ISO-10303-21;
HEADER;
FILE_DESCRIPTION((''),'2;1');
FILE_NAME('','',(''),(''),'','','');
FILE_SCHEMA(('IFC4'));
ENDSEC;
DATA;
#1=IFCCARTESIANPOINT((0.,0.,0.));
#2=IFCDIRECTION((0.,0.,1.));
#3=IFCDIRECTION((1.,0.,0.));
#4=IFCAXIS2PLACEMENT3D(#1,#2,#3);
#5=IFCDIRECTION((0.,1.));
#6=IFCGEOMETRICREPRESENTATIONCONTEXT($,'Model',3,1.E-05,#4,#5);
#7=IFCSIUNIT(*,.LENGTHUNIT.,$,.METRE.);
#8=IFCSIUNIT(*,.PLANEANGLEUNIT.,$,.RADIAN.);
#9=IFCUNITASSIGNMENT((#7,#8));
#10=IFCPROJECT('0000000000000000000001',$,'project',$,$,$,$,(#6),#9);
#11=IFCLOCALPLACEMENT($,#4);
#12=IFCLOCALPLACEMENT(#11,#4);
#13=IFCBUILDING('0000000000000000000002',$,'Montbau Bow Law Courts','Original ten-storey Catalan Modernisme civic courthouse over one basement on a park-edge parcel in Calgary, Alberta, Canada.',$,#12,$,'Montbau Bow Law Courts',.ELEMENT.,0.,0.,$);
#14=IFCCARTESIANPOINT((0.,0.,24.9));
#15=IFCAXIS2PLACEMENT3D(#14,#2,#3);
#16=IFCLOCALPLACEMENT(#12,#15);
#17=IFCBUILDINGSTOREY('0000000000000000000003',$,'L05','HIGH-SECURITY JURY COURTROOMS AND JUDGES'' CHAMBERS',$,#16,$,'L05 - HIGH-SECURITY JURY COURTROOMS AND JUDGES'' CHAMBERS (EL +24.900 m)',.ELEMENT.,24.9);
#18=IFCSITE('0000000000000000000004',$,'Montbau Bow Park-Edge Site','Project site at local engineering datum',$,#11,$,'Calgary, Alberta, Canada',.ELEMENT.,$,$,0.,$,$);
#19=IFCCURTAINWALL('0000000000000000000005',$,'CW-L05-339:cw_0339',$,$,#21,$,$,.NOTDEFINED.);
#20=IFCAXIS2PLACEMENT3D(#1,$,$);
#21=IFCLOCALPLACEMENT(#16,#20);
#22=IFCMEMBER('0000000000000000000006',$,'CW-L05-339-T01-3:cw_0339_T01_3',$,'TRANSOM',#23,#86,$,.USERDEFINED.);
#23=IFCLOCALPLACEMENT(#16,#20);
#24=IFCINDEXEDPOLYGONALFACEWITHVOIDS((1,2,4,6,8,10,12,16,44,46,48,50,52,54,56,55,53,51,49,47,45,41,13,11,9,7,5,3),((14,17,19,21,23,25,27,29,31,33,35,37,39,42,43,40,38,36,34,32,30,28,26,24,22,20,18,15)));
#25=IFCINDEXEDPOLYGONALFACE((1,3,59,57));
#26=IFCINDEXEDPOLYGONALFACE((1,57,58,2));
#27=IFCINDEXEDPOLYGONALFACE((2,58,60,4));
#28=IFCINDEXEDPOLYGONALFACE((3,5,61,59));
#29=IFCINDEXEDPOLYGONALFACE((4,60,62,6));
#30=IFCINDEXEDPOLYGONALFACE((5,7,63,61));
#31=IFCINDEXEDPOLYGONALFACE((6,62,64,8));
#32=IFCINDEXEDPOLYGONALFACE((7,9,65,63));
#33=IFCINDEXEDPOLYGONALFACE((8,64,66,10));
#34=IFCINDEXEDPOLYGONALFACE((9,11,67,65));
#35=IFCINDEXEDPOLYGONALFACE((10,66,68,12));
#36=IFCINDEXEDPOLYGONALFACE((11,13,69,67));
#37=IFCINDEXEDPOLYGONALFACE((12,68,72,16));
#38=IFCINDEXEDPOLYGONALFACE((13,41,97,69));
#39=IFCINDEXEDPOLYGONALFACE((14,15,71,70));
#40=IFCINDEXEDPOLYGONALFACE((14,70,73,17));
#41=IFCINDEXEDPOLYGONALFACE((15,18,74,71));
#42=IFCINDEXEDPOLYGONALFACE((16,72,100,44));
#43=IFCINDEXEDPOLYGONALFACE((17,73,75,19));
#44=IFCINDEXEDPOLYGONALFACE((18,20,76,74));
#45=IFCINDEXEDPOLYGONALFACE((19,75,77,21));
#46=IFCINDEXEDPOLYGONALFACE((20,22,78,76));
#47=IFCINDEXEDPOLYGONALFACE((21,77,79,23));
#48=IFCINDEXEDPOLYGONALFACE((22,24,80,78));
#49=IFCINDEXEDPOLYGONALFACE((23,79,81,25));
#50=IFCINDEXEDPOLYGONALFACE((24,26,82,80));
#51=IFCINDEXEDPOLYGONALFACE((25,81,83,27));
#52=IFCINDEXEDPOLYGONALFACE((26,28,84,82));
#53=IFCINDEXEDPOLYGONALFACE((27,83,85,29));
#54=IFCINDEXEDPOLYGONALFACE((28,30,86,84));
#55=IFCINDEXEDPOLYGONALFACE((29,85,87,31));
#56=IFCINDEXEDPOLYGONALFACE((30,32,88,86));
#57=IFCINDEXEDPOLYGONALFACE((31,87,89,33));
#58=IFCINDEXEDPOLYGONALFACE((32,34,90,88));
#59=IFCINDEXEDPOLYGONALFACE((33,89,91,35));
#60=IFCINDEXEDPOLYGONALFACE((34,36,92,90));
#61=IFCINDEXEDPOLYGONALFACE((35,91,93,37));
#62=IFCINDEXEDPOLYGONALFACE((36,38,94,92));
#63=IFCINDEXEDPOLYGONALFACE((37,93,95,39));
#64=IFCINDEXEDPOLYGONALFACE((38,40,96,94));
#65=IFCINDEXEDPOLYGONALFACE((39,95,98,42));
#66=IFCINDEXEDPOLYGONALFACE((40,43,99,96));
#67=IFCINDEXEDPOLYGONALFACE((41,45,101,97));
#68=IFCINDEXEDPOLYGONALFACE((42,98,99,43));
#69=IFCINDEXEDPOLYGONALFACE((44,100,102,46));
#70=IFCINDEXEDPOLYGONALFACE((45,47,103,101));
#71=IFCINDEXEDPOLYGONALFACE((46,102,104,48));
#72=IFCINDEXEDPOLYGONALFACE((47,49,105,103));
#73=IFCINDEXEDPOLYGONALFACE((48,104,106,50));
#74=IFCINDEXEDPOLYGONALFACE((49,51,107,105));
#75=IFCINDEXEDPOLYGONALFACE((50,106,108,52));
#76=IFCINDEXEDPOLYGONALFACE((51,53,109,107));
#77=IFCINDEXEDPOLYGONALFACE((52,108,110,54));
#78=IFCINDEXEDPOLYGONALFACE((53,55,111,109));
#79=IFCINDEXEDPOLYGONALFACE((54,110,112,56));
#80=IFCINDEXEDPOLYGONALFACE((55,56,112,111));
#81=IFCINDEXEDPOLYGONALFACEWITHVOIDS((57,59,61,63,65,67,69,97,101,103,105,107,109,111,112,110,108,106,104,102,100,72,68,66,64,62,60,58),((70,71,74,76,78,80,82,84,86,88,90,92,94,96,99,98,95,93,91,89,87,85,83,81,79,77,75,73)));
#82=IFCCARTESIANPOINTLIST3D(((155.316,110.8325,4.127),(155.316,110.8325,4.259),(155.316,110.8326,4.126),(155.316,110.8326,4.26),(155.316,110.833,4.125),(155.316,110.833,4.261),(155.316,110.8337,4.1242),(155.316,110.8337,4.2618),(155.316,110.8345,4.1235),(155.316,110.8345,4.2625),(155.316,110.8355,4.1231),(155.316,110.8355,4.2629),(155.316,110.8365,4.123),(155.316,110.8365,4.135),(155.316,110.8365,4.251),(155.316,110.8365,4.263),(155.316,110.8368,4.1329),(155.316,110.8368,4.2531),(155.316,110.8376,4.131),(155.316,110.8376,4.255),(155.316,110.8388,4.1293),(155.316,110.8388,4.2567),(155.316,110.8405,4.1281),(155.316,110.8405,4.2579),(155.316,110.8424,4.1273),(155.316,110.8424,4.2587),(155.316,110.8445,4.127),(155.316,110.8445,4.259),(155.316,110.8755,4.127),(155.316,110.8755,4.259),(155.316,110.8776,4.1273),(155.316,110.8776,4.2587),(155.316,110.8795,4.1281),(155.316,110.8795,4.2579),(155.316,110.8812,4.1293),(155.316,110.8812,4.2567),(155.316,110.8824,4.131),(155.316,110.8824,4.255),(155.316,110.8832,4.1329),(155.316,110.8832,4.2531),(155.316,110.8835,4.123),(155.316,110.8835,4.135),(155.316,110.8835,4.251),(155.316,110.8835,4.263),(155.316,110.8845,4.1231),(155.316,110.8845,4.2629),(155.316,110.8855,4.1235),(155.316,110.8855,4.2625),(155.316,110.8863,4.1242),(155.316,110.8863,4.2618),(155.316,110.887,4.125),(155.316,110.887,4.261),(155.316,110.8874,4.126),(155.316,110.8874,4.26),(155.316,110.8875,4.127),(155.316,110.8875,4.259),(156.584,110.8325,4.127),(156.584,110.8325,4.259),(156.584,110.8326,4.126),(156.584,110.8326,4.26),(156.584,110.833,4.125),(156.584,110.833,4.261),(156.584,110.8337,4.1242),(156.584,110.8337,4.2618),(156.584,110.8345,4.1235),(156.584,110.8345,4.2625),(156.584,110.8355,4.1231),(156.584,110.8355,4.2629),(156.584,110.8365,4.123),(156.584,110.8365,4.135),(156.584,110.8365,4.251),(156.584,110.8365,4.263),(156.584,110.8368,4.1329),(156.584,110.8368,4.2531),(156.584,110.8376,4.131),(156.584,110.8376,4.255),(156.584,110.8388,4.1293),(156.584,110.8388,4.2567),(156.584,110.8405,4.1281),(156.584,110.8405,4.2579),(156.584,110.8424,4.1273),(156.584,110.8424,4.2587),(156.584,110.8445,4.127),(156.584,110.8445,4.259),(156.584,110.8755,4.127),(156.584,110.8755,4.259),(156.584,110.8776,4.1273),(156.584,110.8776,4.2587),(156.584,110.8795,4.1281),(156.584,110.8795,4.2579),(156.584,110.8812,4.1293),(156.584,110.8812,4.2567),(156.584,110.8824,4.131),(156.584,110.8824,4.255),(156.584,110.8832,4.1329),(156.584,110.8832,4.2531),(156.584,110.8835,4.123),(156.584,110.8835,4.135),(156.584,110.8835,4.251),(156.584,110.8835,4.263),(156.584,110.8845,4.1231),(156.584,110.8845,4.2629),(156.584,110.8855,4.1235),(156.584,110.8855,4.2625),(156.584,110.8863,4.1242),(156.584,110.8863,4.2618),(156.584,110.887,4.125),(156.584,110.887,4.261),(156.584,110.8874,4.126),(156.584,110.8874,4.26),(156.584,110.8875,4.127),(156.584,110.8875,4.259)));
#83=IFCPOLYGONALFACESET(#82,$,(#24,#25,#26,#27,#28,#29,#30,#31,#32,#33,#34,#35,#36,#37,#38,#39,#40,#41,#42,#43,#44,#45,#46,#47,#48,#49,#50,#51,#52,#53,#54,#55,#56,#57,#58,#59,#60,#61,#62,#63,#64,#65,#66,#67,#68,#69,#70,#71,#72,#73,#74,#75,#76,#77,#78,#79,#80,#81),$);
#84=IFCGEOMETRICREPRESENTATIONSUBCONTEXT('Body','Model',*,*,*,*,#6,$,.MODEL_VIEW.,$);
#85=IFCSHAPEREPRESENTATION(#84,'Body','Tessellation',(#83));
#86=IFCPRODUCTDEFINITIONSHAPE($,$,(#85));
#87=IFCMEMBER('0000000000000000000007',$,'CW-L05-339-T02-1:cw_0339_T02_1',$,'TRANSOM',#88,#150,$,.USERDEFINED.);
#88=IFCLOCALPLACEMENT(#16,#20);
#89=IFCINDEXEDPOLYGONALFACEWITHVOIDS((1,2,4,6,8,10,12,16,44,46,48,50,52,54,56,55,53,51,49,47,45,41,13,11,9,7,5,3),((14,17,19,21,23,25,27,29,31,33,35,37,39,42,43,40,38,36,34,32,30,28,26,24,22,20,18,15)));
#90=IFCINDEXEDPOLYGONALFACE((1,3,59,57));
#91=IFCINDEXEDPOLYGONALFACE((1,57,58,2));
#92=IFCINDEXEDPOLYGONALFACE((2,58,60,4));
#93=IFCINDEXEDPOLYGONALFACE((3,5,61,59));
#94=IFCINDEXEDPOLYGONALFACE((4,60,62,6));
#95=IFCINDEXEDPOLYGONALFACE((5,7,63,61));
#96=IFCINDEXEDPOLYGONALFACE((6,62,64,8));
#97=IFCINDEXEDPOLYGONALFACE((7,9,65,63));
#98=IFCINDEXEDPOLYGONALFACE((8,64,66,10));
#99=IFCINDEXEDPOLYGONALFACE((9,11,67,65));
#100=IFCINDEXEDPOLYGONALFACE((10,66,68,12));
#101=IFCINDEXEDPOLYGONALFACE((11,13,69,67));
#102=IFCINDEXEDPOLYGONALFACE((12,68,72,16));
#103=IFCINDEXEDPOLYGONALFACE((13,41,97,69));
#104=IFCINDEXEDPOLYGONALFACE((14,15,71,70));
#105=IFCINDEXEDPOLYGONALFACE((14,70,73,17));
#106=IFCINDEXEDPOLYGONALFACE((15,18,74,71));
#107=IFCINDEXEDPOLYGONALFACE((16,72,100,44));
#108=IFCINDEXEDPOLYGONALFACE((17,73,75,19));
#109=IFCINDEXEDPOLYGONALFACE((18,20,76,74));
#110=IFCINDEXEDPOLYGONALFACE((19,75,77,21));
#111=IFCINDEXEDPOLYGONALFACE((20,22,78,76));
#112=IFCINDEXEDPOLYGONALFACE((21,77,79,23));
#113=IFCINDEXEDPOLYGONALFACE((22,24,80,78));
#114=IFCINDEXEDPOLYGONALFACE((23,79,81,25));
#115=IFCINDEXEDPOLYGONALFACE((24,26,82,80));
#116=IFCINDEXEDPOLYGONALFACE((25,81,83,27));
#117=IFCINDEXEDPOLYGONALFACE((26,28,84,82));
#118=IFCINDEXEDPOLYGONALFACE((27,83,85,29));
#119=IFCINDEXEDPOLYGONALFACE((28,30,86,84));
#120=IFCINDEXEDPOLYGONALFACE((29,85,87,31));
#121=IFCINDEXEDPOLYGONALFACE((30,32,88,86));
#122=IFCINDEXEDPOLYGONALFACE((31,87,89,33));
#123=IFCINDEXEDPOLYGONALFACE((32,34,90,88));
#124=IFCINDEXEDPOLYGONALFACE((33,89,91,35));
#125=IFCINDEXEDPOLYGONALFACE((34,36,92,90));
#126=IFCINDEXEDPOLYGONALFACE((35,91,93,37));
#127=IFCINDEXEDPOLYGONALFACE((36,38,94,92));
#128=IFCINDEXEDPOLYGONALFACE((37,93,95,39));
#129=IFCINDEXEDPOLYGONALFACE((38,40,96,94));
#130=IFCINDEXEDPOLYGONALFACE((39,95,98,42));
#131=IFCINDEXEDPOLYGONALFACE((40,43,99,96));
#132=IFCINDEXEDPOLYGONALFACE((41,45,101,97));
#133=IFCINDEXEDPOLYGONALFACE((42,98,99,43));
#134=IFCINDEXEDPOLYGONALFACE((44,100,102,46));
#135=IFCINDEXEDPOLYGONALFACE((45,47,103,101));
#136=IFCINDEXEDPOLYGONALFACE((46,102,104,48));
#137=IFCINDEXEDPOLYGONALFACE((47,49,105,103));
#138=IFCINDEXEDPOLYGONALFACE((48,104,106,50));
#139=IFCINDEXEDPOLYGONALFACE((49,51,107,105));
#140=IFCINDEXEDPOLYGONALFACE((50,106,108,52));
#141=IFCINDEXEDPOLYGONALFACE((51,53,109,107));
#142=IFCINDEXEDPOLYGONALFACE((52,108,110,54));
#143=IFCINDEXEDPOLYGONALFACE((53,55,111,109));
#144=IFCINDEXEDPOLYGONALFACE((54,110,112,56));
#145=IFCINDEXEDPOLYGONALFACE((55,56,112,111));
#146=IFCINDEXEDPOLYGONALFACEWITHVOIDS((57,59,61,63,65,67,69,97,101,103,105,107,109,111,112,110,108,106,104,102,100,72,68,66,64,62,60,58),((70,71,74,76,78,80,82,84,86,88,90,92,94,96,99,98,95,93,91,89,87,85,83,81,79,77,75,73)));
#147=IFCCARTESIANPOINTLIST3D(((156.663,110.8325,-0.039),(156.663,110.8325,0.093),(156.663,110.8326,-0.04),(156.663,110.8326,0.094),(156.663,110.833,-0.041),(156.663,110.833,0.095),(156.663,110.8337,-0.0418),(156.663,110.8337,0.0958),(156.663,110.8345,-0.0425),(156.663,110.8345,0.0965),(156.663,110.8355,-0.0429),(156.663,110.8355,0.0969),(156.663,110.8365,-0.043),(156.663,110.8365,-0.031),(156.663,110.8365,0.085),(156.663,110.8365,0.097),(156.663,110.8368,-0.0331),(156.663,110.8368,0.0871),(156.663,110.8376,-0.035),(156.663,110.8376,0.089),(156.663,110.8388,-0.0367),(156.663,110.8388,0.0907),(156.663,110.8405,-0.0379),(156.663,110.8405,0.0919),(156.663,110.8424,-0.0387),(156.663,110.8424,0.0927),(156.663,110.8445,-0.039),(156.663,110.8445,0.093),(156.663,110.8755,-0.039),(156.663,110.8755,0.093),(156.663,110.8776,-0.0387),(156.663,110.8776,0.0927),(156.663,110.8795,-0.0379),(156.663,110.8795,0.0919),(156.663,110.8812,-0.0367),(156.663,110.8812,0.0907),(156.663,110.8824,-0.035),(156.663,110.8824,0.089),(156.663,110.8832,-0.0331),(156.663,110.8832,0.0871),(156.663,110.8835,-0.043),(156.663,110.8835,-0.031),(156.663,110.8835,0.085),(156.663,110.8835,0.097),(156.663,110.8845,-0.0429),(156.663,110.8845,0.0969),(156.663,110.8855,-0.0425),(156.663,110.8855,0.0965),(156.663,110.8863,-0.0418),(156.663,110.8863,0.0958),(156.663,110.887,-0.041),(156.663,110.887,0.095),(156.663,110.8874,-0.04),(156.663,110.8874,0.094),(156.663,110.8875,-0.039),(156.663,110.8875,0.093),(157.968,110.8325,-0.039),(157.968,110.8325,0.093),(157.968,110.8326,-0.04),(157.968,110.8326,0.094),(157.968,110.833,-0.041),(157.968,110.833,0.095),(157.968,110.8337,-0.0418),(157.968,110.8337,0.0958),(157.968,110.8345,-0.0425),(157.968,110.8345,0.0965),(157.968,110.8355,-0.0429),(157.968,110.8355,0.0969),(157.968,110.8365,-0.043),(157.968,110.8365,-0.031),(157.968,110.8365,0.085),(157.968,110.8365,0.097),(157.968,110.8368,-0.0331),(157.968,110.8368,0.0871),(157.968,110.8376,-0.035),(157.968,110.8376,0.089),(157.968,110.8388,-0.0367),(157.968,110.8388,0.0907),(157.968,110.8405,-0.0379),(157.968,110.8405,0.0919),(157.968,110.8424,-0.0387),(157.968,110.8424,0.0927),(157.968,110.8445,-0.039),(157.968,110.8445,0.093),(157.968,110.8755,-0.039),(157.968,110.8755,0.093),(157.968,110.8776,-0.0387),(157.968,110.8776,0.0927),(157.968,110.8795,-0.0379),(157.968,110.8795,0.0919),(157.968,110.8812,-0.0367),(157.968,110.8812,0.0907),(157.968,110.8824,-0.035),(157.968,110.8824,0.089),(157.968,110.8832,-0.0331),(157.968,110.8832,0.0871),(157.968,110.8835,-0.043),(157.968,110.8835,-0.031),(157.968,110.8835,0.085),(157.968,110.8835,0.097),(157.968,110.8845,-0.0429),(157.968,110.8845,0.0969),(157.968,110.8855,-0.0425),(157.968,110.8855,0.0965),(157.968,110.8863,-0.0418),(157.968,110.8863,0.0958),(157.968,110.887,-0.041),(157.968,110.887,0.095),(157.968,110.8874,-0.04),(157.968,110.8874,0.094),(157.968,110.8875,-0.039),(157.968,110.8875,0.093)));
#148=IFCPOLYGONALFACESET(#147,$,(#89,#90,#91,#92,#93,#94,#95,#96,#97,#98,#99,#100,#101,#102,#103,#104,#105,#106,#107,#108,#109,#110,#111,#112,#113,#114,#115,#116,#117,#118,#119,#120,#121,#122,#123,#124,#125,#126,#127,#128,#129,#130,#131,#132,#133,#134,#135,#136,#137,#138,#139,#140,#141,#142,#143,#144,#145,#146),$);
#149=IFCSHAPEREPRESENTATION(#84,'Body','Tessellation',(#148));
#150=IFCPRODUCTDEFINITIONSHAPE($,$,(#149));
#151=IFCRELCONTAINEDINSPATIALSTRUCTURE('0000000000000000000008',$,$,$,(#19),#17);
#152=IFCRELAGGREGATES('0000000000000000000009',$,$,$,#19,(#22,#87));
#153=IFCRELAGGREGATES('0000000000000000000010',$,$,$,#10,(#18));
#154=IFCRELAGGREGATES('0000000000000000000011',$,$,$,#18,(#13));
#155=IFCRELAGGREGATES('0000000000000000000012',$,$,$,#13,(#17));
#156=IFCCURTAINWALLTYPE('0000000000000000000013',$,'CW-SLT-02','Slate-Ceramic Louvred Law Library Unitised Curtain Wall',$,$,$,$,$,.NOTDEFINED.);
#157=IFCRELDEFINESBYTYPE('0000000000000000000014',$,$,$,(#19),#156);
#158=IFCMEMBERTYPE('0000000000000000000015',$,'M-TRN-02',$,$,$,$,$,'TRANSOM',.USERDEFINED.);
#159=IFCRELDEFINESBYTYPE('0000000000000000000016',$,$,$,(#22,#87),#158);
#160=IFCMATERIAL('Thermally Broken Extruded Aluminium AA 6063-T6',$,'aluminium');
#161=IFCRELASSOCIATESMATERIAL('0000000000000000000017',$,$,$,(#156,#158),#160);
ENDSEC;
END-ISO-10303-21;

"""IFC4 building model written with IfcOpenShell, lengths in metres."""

from ifc_helpers import new_model, si_unit, direction, frame, origin_with_axes, origin_2d_with_axis, place, context, subcontext, project, spatial, hollow_rectangle, extrude, material, material_profile, profile_set, type_object, element, aggregate, save


model = new_model("IFC4")

# Units and contexts
model_context = context("Model", 3, precision=1e-05, world=origin_with_axes(), true_north=direction((0.0, 1.0)))
body_context = subcontext(model_context, "Body", "Model", "MODEL_VIEW")
ifc_project = project(units=[si_unit("LENGTHUNIT", "METRE"), si_unit("PLANEANGLEUNIT", "RADIAN")], contexts=[model_context])

# Site, building, storey
site_placement = place(None, origin_with_axes())
site = spatial("IfcSite", under=ifc_project, at=site_placement, Name="Montbau Bow Park-Edge Site", Description="Project site at local engineering datum", LongName="Calgary, Alberta, Canada", CompositionType="ELEMENT", RefElevation=0.0)
building_placement = place(site_placement, origin_with_axes())
building = spatial("IfcBuilding", under=site, at=building_placement, Name="Montbau Bow Law Courts", Description="Original ten-storey Catalan Modernisme civic courthouse over one basement on a park-edge parcel in Calgary, Alberta, Canada.", LongName="Montbau Bow Law Courts", CompositionType="ELEMENT", ElevationOfRefHeight=0.0, ElevationOfTerrain=0.0)
storey_placement = place(building_placement, frame((0.0, 0.0, 24.9), z_axis=(0.0, 0.0, 1.0), x_axis=(1.0, 0.0, 0.0)))
storey = spatial("IfcBuildingStorey", under=building, at=storey_placement, Name="L05", Description="HIGH-SECURITY JURY COURTROOMS AND JUDGES' CHAMBERS", LongName="L05 - HIGH-SECURITY JURY COURTROOMS AND JUDGES' CHAMBERS (EL +24.900 m)", CompositionType="ELEMENT", Elevation=24.9)

# Curtain wall, members
ifc_material_1 = material(Name="Thermally Broken Extruded Aluminium AA 6063-T6", Category="aluminium")
curtain_wall_type = type_object("IfcCurtainWallType", Name="CW-SLT-02", Description="Slate-Ceramic Louvred Law Library Unitised Curtain Wall", PredefinedType="NOTDEFINED", material=ifc_material_1)
curtain_wall_placement = place(None, frame((155.24, 110.86, 24.9), z_axis=(0.0, 0.0, 1.0), x_axis=(1.0, 0.0, 0.0)))
curtain_wall = element("IfcCurtainWall", 1, at=curtain_wall_placement, inside=storey, type_object=curtain_wall_type, Name="CW-L05-339:cw_0339", PredefinedType="NOTDEFINED")
ifc_material_profile_1 = material_profile(ifc_material_1, hollow_rectangle(XDim=0.055, YDim=0.14, WallThickness=0.004, InnerFilletRadius=0.008, OuterFilletRadius=0.004, at=origin_2d_with_axis()), Name="CWT-140X55", Category="Main", Priority=0)
ifc_profile_set_1 = profile_set([ifc_material_profile_1], Name="Thermally Broken Extruded Aluminium AA 6063-T6")
member_type_1 = type_object("IfcMemberType", Name="M-TRN-02", ElementType="TRANSOM", PredefinedType="USERDEFINED", material=ifc_profile_set_1)
member_1_placement = place(None, frame((155.316, 110.86, 29.093), z_axis=(1.0, 0.0, 0.0), x_axis=(0.0, 1.0, 0.0)))
member_1 = element("IfcMember", 2, at=member_1_placement, type_object=member_type_1, Name="CW-L05-339-T01-3:cw_0339_T01_3", ObjectType="TRANSOM", PredefinedType="USERDEFINED", context=body_context, shape_type="SweptSolid", body=[
    extrude(hollow_rectangle(XDim=0.055, YDim=0.14, WallThickness=0.004, InnerFilletRadius=0.008, OuterFilletRadius=0.004, at=origin_2d_with_axis()), origin_with_axes(), (0.0, 0.0, 1.0), 1.268),
])
member_2_placement = place(None, frame((156.663, 110.86, 24.927), z_axis=(1.0, 0.0, 0.0), x_axis=(0.0, 1.0, 0.0)))
member_2 = element("IfcMember", 3, at=member_2_placement, type_object=member_type_1, Name="CW-L05-339-T02-1:cw_0339_T02_1", ObjectType="TRANSOM", PredefinedType="USERDEFINED", context=body_context, shape_type="SweptSolid", body=[
    extrude(hollow_rectangle(XDim=0.055, YDim=0.14, WallThickness=0.004, InnerFilletRadius=0.008, OuterFilletRadius=0.004, at=origin_2d_with_axis()), origin_with_axes(), (0.0, 0.0, 1.0), 1.305),
])
aggregate(curtain_wall, [member_1, member_2])

save(model, "model.ifc")
